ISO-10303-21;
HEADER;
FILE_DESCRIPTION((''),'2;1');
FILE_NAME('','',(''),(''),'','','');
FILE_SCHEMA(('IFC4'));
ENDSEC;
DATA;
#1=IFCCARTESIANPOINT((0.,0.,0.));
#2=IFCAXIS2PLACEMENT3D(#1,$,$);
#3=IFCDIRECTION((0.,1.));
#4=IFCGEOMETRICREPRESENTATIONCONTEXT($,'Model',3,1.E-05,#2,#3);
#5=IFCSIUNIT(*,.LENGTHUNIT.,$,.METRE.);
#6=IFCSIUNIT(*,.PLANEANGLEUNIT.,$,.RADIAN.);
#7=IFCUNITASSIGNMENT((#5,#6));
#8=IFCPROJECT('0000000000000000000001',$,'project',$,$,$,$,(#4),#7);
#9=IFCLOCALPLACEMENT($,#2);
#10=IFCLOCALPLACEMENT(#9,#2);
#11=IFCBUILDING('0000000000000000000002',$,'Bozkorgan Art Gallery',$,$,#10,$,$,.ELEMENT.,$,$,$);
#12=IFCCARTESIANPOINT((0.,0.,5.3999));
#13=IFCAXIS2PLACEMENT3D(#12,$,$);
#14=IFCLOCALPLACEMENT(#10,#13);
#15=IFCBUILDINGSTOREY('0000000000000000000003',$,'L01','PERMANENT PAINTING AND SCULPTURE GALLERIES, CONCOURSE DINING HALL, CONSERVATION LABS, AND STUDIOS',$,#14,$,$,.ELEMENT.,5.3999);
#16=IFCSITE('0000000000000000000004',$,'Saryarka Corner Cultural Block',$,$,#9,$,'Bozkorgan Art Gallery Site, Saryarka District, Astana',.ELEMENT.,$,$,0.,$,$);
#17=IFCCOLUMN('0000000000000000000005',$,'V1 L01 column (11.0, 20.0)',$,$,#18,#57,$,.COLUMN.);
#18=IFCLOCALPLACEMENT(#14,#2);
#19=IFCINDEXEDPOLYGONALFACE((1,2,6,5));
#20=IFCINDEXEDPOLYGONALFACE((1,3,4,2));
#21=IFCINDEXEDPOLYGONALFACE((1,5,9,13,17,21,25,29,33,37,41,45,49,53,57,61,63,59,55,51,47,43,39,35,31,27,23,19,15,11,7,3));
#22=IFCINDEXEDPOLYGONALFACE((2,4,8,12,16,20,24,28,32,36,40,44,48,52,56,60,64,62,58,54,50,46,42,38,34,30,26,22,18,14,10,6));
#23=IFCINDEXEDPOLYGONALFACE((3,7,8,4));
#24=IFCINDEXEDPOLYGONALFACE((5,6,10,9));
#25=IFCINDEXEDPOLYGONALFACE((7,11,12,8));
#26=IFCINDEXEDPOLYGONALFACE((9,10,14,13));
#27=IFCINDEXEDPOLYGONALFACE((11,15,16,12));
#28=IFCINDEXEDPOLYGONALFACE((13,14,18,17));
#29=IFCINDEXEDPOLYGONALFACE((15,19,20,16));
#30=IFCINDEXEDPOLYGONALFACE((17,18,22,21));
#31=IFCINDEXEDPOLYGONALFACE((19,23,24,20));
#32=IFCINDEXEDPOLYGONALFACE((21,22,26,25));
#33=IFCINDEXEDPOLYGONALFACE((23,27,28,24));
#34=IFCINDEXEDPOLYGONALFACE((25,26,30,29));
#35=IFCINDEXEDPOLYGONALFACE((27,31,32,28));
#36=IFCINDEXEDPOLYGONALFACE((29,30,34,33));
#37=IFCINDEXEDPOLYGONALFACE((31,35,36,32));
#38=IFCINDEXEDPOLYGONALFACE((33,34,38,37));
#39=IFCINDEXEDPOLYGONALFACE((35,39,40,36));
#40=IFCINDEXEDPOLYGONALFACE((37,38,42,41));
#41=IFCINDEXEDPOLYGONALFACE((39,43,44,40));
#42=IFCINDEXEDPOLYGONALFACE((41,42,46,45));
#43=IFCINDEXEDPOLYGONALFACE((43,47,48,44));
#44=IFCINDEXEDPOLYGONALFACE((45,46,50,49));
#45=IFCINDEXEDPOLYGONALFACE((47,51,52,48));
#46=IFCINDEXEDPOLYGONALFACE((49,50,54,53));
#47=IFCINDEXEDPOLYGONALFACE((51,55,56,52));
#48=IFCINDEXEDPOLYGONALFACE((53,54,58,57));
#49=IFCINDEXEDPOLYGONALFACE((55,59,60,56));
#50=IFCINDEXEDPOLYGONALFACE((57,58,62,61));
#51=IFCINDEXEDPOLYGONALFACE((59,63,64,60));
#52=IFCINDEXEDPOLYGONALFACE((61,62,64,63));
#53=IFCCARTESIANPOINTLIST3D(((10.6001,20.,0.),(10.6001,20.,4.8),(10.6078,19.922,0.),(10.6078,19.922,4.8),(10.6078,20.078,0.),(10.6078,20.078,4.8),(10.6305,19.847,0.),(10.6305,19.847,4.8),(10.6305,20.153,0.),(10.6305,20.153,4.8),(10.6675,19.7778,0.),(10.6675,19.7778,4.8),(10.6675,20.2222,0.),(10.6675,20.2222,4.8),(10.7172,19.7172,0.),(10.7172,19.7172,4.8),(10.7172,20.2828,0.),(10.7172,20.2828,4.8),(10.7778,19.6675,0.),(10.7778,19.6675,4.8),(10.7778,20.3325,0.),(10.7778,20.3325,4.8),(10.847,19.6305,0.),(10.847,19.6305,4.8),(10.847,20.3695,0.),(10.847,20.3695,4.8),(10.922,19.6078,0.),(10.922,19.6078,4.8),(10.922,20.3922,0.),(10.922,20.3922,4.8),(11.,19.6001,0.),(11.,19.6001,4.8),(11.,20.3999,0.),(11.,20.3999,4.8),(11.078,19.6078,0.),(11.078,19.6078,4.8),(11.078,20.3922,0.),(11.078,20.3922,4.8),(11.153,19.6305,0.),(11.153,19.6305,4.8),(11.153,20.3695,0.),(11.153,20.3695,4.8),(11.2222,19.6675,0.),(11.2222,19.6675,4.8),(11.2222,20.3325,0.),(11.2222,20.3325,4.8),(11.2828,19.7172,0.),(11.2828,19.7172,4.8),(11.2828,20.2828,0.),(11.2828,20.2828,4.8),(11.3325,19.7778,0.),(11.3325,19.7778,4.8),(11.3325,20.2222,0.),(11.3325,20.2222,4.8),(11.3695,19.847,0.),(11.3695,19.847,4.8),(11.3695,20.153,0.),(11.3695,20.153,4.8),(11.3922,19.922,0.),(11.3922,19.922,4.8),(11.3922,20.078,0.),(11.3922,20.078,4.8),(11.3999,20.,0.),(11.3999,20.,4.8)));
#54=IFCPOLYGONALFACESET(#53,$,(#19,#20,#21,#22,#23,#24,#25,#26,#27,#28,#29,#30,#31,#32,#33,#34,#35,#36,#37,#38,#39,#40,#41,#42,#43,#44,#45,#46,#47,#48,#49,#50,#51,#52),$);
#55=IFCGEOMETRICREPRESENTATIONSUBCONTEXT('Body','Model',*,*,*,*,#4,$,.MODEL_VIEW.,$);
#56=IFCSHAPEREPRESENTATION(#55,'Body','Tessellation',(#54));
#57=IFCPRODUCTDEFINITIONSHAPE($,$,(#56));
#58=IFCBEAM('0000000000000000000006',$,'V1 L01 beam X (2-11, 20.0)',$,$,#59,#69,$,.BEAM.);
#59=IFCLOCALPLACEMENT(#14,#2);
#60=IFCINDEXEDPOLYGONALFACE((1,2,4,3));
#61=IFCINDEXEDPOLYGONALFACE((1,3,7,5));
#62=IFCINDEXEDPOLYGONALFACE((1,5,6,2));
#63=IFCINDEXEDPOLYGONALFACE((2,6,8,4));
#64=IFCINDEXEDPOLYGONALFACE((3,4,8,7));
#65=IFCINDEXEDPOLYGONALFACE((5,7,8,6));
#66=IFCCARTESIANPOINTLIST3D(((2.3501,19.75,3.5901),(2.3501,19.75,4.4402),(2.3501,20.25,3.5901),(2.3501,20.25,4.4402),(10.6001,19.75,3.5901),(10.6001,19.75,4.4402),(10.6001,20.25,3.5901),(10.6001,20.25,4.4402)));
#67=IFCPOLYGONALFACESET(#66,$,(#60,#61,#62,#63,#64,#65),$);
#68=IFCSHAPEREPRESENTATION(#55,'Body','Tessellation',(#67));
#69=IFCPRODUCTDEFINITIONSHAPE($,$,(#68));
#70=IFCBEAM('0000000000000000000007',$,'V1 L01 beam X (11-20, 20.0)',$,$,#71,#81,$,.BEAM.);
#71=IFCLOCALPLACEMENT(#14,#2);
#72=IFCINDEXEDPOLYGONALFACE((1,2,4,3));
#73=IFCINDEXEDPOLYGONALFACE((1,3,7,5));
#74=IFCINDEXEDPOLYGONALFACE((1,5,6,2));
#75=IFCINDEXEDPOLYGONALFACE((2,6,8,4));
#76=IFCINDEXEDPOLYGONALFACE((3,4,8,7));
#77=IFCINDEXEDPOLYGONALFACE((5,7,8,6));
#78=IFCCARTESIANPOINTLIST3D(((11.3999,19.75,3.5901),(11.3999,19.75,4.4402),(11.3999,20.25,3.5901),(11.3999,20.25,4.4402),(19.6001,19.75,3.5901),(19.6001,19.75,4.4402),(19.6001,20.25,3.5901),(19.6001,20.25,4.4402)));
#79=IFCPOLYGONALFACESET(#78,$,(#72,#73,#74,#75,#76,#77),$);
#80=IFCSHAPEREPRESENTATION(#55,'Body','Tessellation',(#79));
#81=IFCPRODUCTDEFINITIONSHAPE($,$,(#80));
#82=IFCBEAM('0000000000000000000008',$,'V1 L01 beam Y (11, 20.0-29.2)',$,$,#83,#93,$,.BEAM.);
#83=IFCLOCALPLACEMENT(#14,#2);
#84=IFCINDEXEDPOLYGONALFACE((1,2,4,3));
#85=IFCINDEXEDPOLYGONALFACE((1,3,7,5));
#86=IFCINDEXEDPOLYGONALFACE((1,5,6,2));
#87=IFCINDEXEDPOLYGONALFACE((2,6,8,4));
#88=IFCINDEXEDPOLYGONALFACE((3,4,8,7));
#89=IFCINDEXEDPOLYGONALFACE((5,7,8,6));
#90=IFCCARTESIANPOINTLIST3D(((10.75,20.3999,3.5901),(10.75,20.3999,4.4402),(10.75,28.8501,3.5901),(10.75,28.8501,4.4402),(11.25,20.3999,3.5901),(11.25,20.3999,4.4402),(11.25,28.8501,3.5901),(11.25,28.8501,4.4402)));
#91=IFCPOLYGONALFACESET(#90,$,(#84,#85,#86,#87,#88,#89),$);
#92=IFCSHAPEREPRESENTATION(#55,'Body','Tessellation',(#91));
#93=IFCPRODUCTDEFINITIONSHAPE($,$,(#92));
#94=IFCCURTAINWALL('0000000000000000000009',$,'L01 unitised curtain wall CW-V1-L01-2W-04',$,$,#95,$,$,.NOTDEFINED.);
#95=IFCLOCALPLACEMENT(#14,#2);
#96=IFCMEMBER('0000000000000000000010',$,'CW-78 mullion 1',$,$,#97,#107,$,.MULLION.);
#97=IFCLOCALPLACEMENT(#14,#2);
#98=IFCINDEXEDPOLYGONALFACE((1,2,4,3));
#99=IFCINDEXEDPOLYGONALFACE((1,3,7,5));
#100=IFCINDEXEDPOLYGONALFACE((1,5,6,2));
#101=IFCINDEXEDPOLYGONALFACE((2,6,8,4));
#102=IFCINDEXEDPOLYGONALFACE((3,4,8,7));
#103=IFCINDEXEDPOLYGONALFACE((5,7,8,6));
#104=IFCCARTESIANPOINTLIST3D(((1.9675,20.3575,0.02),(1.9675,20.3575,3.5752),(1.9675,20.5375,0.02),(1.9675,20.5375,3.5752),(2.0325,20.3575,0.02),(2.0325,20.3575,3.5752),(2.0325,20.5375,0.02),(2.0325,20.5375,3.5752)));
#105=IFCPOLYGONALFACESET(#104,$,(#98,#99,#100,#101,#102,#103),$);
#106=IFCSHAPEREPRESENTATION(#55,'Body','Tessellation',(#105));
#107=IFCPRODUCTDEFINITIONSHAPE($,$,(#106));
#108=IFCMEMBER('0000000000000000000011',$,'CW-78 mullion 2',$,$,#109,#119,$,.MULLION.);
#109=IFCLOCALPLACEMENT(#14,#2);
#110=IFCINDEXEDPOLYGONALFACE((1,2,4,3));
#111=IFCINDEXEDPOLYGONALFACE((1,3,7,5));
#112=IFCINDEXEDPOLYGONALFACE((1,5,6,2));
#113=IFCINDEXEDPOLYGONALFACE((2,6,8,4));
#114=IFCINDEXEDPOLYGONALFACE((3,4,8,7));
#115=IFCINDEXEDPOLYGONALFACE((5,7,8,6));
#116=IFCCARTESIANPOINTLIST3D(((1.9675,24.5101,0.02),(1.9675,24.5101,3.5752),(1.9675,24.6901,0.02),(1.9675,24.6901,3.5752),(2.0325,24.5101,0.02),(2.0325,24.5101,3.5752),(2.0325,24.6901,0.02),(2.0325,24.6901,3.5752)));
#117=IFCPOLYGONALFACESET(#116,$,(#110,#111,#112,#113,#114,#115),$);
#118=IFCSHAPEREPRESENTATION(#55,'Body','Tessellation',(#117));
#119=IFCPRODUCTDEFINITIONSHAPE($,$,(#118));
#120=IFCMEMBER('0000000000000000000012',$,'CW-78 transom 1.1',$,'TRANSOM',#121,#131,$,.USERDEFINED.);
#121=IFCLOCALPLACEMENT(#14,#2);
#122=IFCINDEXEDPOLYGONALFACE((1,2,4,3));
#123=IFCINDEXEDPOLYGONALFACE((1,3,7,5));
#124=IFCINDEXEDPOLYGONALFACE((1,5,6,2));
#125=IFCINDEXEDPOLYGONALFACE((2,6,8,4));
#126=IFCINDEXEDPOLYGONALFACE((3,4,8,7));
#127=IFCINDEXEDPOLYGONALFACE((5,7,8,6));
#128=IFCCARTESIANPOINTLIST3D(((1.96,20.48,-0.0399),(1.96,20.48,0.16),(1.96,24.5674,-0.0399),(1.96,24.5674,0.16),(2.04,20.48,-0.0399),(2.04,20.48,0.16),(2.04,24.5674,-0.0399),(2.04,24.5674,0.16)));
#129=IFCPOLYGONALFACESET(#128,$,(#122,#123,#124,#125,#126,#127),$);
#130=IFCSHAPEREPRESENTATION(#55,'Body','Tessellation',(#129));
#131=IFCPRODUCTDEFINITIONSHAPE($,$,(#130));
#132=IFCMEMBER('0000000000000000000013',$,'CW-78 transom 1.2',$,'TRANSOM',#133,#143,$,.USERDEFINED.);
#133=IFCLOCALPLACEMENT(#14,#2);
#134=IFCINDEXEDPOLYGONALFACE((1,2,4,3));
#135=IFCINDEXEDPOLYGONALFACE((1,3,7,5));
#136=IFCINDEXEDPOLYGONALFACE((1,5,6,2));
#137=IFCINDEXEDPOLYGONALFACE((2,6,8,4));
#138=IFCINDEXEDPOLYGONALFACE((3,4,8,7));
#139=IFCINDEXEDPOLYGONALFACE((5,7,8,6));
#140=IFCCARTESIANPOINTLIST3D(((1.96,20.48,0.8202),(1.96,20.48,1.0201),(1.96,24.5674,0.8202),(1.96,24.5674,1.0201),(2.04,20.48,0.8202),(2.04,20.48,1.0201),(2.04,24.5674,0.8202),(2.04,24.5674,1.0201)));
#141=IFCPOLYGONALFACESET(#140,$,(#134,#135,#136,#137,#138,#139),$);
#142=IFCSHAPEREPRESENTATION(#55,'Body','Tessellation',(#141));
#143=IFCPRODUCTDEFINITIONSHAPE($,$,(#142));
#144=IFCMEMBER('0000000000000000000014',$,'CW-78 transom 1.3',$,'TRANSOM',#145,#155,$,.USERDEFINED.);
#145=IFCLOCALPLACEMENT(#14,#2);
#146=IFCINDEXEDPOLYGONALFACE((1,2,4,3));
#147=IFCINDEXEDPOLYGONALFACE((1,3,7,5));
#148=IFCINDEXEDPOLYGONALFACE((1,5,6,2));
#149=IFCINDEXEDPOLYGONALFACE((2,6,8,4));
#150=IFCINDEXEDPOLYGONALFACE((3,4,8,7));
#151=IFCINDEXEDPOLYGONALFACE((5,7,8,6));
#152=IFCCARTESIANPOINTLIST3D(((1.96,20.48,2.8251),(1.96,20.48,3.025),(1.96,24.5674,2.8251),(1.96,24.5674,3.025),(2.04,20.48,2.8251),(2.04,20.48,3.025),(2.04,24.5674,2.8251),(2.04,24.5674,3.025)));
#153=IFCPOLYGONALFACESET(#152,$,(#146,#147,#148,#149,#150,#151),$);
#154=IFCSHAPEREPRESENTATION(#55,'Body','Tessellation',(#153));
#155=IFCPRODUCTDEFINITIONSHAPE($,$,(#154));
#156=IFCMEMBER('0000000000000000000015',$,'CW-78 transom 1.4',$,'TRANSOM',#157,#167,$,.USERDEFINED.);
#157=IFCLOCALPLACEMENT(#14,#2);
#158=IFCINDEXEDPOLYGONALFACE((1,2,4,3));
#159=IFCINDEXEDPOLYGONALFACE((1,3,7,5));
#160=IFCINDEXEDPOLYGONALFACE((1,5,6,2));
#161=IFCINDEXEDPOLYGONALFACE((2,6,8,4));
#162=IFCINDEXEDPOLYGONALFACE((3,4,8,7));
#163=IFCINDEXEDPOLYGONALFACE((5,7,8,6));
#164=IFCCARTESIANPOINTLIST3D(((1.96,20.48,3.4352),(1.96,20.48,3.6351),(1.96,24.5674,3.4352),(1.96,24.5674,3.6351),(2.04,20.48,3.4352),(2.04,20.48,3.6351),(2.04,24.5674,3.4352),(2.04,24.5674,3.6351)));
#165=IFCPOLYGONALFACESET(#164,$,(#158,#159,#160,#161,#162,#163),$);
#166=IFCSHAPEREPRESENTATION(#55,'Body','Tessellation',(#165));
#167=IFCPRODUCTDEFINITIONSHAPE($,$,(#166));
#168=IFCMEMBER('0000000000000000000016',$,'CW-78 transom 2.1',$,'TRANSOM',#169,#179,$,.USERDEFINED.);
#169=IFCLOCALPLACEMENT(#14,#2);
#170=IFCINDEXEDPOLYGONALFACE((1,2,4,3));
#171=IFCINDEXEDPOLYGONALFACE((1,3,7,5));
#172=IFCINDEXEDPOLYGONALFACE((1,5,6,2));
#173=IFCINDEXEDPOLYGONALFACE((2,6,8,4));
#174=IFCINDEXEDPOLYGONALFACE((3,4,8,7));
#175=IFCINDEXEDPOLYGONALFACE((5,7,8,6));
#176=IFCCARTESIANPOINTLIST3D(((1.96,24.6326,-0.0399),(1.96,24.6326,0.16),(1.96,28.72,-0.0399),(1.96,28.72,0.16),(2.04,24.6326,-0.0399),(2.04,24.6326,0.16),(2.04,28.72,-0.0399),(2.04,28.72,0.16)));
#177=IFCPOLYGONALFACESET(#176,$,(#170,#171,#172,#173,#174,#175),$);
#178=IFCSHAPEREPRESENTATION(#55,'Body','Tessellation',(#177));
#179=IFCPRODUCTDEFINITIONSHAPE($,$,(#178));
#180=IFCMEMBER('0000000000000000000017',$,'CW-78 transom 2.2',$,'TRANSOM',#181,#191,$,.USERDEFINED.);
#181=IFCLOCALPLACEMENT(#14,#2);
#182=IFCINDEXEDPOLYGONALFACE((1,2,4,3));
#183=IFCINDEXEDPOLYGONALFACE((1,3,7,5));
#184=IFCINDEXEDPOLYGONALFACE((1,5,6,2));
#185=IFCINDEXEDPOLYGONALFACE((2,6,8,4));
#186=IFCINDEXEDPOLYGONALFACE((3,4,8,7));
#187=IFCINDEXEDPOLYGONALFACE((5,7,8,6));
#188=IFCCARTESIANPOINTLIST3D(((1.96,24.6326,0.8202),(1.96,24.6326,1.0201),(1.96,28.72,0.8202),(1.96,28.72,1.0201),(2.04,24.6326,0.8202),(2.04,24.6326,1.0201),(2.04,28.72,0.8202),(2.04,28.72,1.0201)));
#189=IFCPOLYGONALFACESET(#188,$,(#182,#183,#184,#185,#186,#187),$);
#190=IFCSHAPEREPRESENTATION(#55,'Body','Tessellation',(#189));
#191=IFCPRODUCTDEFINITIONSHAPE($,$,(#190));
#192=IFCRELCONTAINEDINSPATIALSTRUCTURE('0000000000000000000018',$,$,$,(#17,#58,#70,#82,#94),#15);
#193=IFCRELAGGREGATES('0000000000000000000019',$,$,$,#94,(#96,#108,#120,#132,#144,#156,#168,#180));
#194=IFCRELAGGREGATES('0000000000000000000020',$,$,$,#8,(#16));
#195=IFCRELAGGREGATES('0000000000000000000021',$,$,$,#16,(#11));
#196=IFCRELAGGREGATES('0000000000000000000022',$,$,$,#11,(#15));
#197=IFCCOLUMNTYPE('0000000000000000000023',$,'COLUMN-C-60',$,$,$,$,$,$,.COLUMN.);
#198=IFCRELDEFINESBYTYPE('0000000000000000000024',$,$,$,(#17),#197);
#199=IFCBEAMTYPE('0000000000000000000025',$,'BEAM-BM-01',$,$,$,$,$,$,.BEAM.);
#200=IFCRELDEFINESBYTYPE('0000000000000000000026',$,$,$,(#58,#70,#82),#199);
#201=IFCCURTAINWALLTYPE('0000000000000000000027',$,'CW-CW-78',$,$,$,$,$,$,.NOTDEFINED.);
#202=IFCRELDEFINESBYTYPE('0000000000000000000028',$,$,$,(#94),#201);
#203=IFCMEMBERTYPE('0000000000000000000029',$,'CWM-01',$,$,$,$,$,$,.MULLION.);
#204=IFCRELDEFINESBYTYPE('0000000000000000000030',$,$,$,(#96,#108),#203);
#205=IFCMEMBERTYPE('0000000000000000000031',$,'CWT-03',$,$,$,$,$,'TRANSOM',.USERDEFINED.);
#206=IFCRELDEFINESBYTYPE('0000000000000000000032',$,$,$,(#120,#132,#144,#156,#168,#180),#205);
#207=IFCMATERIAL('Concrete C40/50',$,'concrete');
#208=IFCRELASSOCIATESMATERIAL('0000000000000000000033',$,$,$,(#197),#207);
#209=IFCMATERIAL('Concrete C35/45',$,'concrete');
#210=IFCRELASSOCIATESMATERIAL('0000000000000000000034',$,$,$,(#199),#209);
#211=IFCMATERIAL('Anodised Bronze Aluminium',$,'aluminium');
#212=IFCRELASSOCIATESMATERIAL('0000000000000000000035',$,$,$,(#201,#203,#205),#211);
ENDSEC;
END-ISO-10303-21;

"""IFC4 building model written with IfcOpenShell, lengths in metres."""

from ifc_helpers import new_model, si_unit, direction, frame, origin, origin_2d, place, context, subcontext, project, spatial, rectangle, circle, extrude, material, material_profile, profile_set, type_object, element, aggregate, save


model = new_model("IFC4")

# Units and contexts
model_context = context("Model", 3, precision=1e-05, world=origin(), true_north=direction((0.0, 1.0)))
body_context = subcontext(model_context, "Body", "Model", "MODEL_VIEW")
ifc_project = project(units=[si_unit("LENGTHUNIT", "METRE"), si_unit("PLANEANGLEUNIT", "RADIAN")], contexts=[model_context])

# Site, building, storey
site_placement = place(None, origin())
site = spatial("IfcSite", under=ifc_project, at=site_placement, Name="Saryarka Corner Cultural Block", LongName="Bozkorgan Art Gallery Site, Saryarka District, Astana", CompositionType="ELEMENT", RefElevation=0.0)
building_placement = place(site_placement, origin())
building = spatial("IfcBuilding", under=site, at=building_placement, Name="Bozkorgan Art Gallery", CompositionType="ELEMENT")
storey_placement = place(building_placement, frame((0.0, 0.0, 5.3999)))
storey = spatial("IfcBuildingStorey", under=building, at=storey_placement, Name="L01", Description="PERMANENT PAINTING AND SCULPTURE GALLERIES, CONCOURSE DINING HALL, CONSERVATION LABS, AND STUDIOS", CompositionType="ELEMENT", Elevation=5.3999)

# Column
ifc_material_1 = material(Name="Concrete C40/50", Category="concrete")
ifc_material_profile_1 = material_profile(ifc_material_1, circle(Radius=0.3999, at=origin_2d()), Name="RC D800")
ifc_profile_set_1 = profile_set([ifc_material_profile_1], Name="Concrete C40/50")
column_type = type_object("IfcColumnType", Name="COLUMN-C-60", PredefinedType="COLUMN", material=ifc_profile_set_1)
column_placement = place(storey_placement, frame((11.0, 20.0, 0.0), z_axis=(0.0, 0.0, 1.0), x_axis=(1.0, 0.0, 0.0)))
element("IfcColumn", 1, at=column_placement, inside=storey, type_object=column_type, Name="V1 L01 column (11.0, 20.0)", PredefinedType="COLUMN", context=body_context, shape_type="SweptSolid", body=[
    extrude(circle(Radius=0.3999, at=origin_2d()), origin(), (0.0, 0.0, 1.0), 4.8),
])

# Beams
ifc_material_2 = material(Name="Concrete C35/45", Category="concrete")
ifc_material_profile_2 = material_profile(ifc_material_2, rectangle(XDim=0.5, YDim=0.8501, at=origin_2d()), Name="RC 500x850")
ifc_profile_set_2 = profile_set([ifc_material_profile_2], Name="Concrete C35/45")
beam_type = type_object("IfcBeamType", Name="BEAM-BM-01", PredefinedType="BEAM", material=ifc_profile_set_2)
beam_1_placement = place(storey_placement, frame((2.3501, 20.0, 4.0151), z_axis=(1.0, 0.0, 0.0), x_axis=(0.0, 1.0, 0.0)))
element("IfcBeam", 2, at=beam_1_placement, inside=storey, type_object=beam_type, Name="V1 L01 beam X (2-11, 20.0)", PredefinedType="BEAM", context=body_context, shape_type="SweptSolid", body=[
    extrude(rectangle(XDim=0.5, YDim=0.8501, at=origin_2d()), origin(), (0.0, 0.0, 1.0), 8.25),
])
beam_2_placement = place(storey_placement, frame((11.3999, 20.0, 4.0151), z_axis=(1.0, 0.0, 0.0), x_axis=(0.0, 1.0, 0.0)))
element("IfcBeam", 3, at=beam_2_placement, inside=storey, type_object=beam_type, Name="V1 L01 beam X (11-20, 20.0)", PredefinedType="BEAM", context=body_context, shape_type="SweptSolid", body=[
    extrude(rectangle(XDim=0.5, YDim=0.8501, at=origin_2d()), origin(), (0.0, 0.0, 1.0), 8.2002),
])
beam_3_placement = place(storey_placement, frame((11.0, 20.3999, 4.0151), z_axis=(0.0, 1.0, 0.0), x_axis=(-1.0, 0.0, 0.0)))
element("IfcBeam", 4, at=beam_3_placement, inside=storey, type_object=beam_type, Name="V1 L01 beam Y (11, 20.0-29.2)", PredefinedType="BEAM", context=body_context, shape_type="SweptSolid", body=[
    extrude(rectangle(XDim=0.5, YDim=0.8501, at=origin_2d()), origin(), (0.0, 0.0, 1.0), 8.4502),
])

# Curtain wall, members
ifc_material_3 = material(Name="Anodised Bronze Aluminium", Category="aluminium")
curtain_wall_type = type_object("IfcCurtainWallType", Name="CW-CW-78", PredefinedType="NOTDEFINED", material=ifc_material_3)
curtain_wall_placement = place(storey_placement, origin())
curtain_wall = element("IfcCurtainWall", 5, at=curtain_wall_placement, inside=storey, type_object=curtain_wall_type, Name="L01 unitised curtain wall CW-V1-L01-2W-04", PredefinedType="NOTDEFINED")
ifc_material_profile_3 = material_profile(ifc_material_3, rectangle(XDim=0.0649, YDim=0.1799, at=origin_2d()), Name="ALU MULLION 65x180")
ifc_profile_set_3 = profile_set([ifc_material_profile_3], Name="Anodised Bronze Aluminium")
member_type_1 = type_object("IfcMemberType", Name="CWM-01", PredefinedType="MULLION", material=ifc_profile_set_3)
member_1_placement = place(storey_placement, frame((2.0, 20.4475, 0.02), z_axis=(0.0, 0.0, 1.0), x_axis=(-1.0, 0.0, 0.0)))
member_1 = element("IfcMember", 6, at=member_1_placement, type_object=member_type_1, Name="CW-78 mullion 1", PredefinedType="MULLION", context=body_context, shape_type="SweptSolid", body=[
    extrude(rectangle(XDim=0.0649, YDim=0.1799, at=origin_2d()), origin(), (0.0, 0.0, 1.0), 3.5552),
])
member_2_placement = place(storey_placement, frame((2.0, 24.6001, 0.02), z_axis=(0.0, 0.0, 1.0), x_axis=(-1.0, 0.0, 0.0)))
member_2 = element("IfcMember", 7, at=member_2_placement, type_object=member_type_1, Name="CW-78 mullion 2", PredefinedType="MULLION", context=body_context, shape_type="SweptSolid", body=[
    extrude(rectangle(XDim=0.0649, YDim=0.1799, at=origin_2d()), origin(), (0.0, 0.0, 1.0), 3.5552),
])
ifc_material_profile_4 = material_profile(ifc_material_3, rectangle(XDim=0.0801, YDim=0.2, at=origin_2d()), Name="ALU TRANSOM 80x200")
ifc_profile_set_4 = profile_set([ifc_material_profile_4], Name="Anodised Bronze Aluminium")
member_type_2 = type_object("IfcMemberType", Name="CWT-03", ElementType="TRANSOM", PredefinedType="USERDEFINED", material=ifc_profile_set_4)
member_3_placement = place(storey_placement, frame((2.0, 20.48, 0.0601), z_axis=(0.0, 1.0, 0.0), x_axis=(-1.0, 0.0, 0.0)))
member_3 = element("IfcMember", 8, at=member_3_placement, type_object=member_type_2, Name="CW-78 transom 1.1", ObjectType="TRANSOM", PredefinedType="USERDEFINED", context=body_context, shape_type="SweptSolid", body=[
    extrude(rectangle(XDim=0.0801, YDim=0.2, at=origin_2d()), origin(), (0.0, 0.0, 1.0), 4.0874),
])
member_4_placement = place(storey_placement, frame((2.0, 20.48, 0.9202), z_axis=(0.0, 1.0, 0.0), x_axis=(-1.0, 0.0, 0.0)))
member_4 = element("IfcMember", 9, at=member_4_placement, type_object=member_type_2, Name="CW-78 transom 1.2", ObjectType="TRANSOM", PredefinedType="USERDEFINED", context=body_context, shape_type="SweptSolid", body=[
    extrude(rectangle(XDim=0.0801, YDim=0.2, at=origin_2d()), origin(), (0.0, 0.0, 1.0), 4.0874),
])
member_5_placement = place(storey_placement, frame((2.0, 20.48, 2.925), z_axis=(0.0, 1.0, 0.0), x_axis=(-1.0, 0.0, 0.0)))
member_5 = element("IfcMember", 10, at=member_5_placement, type_object=member_type_2, Name="CW-78 transom 1.3", ObjectType="TRANSOM", PredefinedType="USERDEFINED", context=body_context, shape_type="SweptSolid", body=[
    extrude(rectangle(XDim=0.0801, YDim=0.2, at=origin_2d()), origin(), (0.0, 0.0, 1.0), 4.0874),
])
member_6_placement = place(storey_placement, frame((2.0, 20.48, 3.5352), z_axis=(0.0, 1.0, 0.0), x_axis=(-1.0, 0.0, 0.0)))
member_6 = element("IfcMember", 11, at=member_6_placement, type_object=member_type_2, Name="CW-78 transom 1.4", ObjectType="TRANSOM", PredefinedType="USERDEFINED", context=body_context, shape_type="SweptSolid", body=[
    extrude(rectangle(XDim=0.0801, YDim=0.2, at=origin_2d()), origin(), (0.0, 0.0, 1.0), 4.0874),
])
member_7_placement = place(storey_placement, frame((2.0, 24.6326, 0.0601), z_axis=(0.0, 1.0, 0.0), x_axis=(-1.0, 0.0, 0.0)))
member_7 = element("IfcMember", 12, at=member_7_placement, type_object=member_type_2, Name="CW-78 transom 2.1", ObjectType="TRANSOM", PredefinedType="USERDEFINED", context=body_context, shape_type="SweptSolid", body=[
    extrude(rectangle(XDim=0.0801, YDim=0.2, at=origin_2d()), origin(), (0.0, 0.0, 1.0), 4.0874),
])
member_8_placement = place(storey_placement, frame((2.0, 24.6326, 0.9202), z_axis=(0.0, 1.0, 0.0), x_axis=(-1.0, 0.0, 0.0)))
member_8 = element("IfcMember", 13, at=member_8_placement, type_object=member_type_2, Name="CW-78 transom 2.2", ObjectType="TRANSOM", PredefinedType="USERDEFINED", context=body_context, shape_type="SweptSolid", body=[
    extrude(rectangle(XDim=0.0801, YDim=0.2, at=origin_2d()), origin(), (0.0, 0.0, 1.0), 4.0874),
])
aggregate(curtain_wall, [member_1, member_2, member_3, member_4, member_5, member_6, member_7, member_8])

save(model, "model.ifc")
